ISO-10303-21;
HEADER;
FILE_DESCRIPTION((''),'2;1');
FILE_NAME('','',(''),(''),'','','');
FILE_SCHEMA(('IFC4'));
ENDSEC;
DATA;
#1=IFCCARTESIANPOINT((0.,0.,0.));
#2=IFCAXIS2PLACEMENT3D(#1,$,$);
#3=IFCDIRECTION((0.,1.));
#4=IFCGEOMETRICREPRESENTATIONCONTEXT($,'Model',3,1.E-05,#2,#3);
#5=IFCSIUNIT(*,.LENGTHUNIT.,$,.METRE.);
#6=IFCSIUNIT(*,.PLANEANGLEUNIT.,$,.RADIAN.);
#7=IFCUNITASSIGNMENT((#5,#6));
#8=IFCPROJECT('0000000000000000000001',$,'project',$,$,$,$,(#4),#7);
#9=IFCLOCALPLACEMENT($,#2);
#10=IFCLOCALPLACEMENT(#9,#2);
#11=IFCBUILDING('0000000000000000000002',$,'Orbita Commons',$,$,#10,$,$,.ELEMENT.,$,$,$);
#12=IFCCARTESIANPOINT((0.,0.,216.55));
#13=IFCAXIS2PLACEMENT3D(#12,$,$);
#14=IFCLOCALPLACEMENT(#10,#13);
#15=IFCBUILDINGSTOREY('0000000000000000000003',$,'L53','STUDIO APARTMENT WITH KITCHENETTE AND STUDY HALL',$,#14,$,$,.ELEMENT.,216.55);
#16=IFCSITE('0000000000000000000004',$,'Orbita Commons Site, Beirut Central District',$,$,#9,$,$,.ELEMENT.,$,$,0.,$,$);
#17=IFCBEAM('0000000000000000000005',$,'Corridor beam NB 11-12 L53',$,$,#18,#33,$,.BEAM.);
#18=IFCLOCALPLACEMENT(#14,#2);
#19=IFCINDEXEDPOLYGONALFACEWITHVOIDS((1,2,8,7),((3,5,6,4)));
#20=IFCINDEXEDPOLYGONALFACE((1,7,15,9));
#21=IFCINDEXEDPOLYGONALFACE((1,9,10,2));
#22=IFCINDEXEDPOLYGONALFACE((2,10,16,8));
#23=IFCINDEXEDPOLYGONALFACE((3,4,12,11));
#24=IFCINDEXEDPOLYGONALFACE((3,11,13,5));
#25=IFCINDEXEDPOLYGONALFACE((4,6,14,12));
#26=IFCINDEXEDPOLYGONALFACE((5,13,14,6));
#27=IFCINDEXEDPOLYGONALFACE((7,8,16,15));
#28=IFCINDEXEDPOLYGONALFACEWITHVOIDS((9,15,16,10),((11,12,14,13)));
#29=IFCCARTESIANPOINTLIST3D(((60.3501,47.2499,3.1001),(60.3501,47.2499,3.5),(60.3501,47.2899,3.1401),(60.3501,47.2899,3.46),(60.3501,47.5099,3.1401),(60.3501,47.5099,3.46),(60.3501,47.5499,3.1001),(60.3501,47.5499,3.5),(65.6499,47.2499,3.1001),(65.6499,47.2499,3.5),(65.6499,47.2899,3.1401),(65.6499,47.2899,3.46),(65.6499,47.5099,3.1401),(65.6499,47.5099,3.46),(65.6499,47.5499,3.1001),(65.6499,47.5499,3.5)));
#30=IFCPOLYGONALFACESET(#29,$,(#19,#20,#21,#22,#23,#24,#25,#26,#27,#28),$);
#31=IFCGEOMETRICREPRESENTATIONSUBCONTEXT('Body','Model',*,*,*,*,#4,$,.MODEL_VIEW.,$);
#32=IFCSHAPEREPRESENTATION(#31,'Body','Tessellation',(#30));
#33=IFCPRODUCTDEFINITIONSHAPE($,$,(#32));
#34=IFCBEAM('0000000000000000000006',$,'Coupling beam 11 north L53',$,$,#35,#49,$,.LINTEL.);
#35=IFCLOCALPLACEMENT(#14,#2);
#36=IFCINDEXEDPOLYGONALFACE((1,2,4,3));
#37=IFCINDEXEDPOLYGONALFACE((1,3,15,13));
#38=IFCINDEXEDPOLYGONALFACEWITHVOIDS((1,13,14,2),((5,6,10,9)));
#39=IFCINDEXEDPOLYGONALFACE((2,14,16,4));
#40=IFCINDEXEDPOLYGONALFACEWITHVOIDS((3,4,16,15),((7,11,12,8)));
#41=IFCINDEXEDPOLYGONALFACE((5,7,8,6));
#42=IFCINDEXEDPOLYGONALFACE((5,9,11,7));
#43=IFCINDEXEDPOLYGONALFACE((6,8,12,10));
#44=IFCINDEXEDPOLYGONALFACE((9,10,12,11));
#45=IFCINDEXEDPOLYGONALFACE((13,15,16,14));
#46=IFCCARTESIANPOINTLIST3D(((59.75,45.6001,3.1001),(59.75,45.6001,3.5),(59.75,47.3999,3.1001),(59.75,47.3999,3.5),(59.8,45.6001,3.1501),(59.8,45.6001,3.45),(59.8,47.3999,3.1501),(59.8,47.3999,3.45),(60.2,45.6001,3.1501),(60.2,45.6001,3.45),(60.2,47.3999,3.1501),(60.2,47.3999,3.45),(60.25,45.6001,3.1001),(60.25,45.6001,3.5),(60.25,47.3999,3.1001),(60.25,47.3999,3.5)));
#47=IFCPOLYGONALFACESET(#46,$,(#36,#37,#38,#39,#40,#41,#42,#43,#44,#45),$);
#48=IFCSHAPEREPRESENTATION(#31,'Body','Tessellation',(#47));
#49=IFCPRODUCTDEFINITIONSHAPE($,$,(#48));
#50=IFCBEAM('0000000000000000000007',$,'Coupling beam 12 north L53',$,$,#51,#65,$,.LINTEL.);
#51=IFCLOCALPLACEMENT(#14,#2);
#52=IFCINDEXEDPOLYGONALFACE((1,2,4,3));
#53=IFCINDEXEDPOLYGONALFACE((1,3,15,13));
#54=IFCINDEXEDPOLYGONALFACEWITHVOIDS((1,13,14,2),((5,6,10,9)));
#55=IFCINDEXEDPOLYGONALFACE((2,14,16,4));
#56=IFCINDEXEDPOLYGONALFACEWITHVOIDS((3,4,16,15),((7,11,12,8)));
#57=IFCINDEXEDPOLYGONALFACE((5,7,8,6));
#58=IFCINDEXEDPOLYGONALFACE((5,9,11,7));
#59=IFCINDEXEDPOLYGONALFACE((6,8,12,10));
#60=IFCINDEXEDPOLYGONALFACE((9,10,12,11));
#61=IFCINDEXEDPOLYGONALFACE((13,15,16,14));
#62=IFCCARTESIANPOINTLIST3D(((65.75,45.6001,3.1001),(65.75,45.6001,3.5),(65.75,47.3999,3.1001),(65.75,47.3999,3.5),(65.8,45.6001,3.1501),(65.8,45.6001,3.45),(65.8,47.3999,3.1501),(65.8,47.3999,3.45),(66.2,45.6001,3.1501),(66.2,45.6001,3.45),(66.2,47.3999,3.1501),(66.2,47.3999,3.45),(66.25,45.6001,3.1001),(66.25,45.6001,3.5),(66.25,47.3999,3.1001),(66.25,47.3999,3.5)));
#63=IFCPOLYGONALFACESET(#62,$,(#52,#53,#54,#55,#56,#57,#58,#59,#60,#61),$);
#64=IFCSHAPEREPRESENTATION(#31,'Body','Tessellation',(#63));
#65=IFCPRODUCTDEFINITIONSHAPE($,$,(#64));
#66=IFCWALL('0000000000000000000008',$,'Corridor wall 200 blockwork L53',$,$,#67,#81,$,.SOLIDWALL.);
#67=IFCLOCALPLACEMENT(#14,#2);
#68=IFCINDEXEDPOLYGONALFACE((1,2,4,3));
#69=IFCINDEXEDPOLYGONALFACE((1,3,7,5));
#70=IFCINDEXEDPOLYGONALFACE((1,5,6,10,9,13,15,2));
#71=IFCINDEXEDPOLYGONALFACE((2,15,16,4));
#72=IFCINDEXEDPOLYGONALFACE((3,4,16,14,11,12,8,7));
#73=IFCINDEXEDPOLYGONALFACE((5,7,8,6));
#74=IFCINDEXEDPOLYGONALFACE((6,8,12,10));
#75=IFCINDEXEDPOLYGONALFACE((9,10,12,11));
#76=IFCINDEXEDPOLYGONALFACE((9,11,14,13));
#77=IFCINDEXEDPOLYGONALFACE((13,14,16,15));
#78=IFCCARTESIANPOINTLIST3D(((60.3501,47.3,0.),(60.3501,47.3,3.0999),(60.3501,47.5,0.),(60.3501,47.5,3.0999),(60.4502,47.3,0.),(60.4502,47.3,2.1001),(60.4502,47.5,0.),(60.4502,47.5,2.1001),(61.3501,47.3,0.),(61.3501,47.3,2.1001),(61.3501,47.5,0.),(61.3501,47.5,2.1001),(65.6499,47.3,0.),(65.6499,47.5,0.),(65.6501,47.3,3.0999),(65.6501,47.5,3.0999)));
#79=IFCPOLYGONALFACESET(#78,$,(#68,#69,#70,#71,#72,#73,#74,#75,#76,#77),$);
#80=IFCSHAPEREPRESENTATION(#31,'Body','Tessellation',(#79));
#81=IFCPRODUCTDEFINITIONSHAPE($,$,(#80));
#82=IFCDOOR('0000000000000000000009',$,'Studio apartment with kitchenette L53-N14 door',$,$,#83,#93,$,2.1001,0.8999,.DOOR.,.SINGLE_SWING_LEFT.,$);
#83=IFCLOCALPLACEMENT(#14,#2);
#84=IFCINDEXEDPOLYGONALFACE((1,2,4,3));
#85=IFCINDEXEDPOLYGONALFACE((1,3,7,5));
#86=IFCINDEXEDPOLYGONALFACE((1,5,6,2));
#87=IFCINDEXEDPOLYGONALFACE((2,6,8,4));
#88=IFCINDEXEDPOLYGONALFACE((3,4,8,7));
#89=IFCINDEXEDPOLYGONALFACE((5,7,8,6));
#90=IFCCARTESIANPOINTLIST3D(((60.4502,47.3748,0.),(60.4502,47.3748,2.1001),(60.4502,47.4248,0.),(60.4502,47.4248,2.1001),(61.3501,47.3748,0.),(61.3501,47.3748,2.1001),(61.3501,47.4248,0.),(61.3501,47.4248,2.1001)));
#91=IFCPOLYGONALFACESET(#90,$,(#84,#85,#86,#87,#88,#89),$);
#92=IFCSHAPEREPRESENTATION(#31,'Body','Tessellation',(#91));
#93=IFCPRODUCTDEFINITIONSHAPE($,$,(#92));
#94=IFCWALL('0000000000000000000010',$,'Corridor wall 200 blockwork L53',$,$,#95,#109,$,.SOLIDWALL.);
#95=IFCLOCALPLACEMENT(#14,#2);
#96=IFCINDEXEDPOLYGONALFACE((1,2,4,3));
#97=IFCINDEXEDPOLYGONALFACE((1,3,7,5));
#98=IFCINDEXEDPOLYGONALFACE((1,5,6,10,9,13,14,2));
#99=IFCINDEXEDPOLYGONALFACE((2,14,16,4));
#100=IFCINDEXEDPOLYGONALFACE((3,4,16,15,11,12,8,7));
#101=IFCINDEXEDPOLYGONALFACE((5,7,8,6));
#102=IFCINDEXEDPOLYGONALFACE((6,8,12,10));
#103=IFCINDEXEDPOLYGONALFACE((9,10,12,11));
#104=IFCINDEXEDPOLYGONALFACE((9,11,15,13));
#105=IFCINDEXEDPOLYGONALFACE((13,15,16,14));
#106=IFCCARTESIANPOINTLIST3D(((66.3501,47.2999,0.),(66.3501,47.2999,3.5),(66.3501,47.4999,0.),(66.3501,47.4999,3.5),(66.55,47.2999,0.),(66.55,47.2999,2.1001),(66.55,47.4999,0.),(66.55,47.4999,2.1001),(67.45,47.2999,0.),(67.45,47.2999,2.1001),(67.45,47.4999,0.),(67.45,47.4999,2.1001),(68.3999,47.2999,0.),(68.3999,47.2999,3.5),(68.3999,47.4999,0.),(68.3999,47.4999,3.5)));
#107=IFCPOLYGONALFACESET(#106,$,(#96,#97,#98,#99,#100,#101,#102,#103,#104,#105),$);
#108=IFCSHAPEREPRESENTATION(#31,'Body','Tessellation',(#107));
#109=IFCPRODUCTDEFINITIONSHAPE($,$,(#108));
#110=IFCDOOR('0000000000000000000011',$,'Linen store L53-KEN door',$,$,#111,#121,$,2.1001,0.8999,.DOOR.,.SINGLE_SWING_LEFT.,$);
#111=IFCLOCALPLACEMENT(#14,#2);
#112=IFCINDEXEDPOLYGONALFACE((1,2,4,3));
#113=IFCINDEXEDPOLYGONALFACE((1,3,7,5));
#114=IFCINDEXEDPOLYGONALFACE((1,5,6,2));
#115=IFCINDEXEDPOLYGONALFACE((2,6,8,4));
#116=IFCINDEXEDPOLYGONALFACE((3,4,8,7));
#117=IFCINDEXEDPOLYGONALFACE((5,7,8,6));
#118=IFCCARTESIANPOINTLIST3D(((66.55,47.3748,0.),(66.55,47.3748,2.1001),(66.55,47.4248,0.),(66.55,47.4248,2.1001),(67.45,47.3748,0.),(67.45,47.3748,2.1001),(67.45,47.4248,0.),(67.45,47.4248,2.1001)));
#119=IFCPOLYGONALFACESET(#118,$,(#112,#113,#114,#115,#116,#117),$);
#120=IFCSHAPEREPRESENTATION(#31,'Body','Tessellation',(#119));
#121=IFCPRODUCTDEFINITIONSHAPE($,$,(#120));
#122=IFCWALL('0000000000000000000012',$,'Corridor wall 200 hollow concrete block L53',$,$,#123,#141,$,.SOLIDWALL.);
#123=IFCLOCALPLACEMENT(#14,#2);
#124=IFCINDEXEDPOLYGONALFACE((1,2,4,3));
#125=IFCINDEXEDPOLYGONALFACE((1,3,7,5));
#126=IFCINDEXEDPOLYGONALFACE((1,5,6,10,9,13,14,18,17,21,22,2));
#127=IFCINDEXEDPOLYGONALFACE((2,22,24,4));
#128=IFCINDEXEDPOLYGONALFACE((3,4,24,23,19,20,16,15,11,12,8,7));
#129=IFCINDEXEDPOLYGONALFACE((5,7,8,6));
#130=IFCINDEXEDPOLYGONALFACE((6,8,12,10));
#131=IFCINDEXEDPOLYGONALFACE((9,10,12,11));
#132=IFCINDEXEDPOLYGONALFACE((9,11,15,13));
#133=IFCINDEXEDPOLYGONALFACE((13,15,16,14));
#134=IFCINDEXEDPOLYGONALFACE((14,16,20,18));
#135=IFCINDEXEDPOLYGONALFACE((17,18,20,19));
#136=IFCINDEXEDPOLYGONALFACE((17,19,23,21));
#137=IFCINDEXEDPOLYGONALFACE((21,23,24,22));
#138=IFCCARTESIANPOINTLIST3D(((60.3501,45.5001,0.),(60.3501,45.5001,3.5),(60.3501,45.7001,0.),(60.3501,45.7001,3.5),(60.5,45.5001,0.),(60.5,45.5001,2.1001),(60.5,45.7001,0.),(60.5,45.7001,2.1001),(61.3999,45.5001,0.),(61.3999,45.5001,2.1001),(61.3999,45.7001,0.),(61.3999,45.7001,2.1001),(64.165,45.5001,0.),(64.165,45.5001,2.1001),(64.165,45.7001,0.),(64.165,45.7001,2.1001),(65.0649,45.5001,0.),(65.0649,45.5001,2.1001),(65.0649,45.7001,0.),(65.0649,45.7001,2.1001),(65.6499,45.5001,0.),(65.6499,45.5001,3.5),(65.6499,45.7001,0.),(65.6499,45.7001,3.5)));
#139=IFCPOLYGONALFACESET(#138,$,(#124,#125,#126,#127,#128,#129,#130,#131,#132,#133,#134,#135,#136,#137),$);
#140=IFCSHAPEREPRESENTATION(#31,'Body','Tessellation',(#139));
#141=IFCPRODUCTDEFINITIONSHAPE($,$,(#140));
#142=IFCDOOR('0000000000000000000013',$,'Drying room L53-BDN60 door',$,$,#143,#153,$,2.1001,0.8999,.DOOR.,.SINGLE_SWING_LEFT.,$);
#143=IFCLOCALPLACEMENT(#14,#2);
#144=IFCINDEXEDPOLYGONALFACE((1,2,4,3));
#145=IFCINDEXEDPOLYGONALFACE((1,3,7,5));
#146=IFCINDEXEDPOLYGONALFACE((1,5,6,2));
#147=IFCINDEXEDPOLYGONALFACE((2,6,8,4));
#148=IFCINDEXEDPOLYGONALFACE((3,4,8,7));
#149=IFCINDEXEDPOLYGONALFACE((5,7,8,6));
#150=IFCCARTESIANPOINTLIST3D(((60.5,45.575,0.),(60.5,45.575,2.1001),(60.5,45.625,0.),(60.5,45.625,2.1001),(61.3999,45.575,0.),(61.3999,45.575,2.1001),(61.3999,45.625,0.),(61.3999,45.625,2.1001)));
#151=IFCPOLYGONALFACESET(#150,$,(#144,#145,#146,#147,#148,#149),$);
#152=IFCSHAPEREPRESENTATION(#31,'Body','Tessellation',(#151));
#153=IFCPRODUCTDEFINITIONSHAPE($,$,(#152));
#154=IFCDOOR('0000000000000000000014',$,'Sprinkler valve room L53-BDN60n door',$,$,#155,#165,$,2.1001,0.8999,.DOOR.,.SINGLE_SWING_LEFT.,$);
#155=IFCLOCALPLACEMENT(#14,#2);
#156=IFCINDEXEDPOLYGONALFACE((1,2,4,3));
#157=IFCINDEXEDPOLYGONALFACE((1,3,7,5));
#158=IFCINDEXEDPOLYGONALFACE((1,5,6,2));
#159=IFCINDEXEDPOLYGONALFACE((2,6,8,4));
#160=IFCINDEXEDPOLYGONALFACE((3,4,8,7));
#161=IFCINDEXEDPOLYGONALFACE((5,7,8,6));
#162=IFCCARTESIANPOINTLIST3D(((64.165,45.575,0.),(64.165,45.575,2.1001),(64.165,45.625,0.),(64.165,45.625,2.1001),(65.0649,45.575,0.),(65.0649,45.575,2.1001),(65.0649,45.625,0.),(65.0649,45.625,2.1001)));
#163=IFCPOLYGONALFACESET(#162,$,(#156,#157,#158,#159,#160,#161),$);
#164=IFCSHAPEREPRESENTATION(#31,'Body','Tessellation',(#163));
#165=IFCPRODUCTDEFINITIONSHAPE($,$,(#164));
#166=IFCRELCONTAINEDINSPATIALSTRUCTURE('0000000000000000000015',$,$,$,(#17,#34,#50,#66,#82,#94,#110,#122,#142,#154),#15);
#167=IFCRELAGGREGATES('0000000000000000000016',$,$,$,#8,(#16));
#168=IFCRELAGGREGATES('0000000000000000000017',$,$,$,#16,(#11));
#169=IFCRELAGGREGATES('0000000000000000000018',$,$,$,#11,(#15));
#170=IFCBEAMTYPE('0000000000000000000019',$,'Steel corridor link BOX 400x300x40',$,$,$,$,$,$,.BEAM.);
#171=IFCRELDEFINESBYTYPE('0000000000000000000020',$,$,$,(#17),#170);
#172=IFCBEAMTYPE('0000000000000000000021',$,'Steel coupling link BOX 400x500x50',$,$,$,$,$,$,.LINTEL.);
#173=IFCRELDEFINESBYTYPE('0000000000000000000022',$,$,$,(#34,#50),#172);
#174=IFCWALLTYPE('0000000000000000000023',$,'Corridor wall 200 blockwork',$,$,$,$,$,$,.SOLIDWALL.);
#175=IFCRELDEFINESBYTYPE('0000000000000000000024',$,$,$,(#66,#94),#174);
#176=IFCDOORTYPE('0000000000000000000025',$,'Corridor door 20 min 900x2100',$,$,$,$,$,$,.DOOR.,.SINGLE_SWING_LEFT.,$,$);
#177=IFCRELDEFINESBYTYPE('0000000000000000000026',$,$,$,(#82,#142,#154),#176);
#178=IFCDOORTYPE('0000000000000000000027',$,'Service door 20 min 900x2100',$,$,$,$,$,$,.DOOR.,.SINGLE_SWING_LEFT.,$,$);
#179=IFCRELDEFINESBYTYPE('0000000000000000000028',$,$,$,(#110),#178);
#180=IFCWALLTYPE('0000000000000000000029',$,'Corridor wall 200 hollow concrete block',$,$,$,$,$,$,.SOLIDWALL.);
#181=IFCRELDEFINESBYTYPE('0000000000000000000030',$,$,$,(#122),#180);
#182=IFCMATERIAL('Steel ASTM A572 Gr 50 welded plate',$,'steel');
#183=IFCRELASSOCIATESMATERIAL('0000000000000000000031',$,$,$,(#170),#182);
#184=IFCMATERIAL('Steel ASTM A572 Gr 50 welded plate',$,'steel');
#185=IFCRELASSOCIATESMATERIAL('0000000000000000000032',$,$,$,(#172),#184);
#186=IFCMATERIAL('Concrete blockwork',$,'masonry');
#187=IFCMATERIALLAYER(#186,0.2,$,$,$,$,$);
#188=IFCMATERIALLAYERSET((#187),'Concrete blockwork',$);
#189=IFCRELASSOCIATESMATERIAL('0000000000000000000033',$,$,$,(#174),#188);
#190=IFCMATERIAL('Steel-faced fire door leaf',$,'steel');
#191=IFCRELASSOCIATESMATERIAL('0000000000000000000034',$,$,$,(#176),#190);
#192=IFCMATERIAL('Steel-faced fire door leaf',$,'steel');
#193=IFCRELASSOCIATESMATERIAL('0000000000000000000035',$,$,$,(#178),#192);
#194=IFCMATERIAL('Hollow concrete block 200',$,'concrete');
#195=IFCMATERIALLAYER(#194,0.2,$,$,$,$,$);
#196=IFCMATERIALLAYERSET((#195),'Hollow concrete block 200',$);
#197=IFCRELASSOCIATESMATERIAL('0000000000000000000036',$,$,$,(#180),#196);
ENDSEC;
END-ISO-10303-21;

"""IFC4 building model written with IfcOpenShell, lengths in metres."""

from ifc_helpers import new_model, si_unit, direction, frame, frame_2d, origin, origin_2d, place, context, subcontext, project, spatial, polyline, rectangle, hollow_rectangle, outline, extrude, material, layer, layer_set, material_profile, profile_set, type_object, element, fill, save


model = new_model("IFC4")

# Units and contexts
model_context = context("Model", 3, precision=1e-05, world=origin(), true_north=direction((0.0, 1.0)))
body_context = subcontext(model_context, "Body", "Model", "MODEL_VIEW")
ifc_project = project(units=[si_unit("LENGTHUNIT", "METRE"), si_unit("PLANEANGLEUNIT", "RADIAN")], contexts=[model_context])

# Site, building, storey
site_placement = place(None, origin())
site = spatial("IfcSite", under=ifc_project, at=site_placement, Name="Orbita Commons Site, Beirut Central District", CompositionType="ELEMENT", RefElevation=0.0)
building_placement = place(site_placement, origin())
building = spatial("IfcBuilding", under=site, at=building_placement, Name="Orbita Commons", CompositionType="ELEMENT")
storey_placement = place(building_placement, frame((0.0, 0.0, 216.55)))
storey = spatial("IfcBuildingStorey", under=building, at=storey_placement, Name="L53", Description="STUDIO APARTMENT WITH KITCHENETTE AND STUDY HALL", CompositionType="ELEMENT", Elevation=216.55)

# Beams
ifc_material_1 = material(Name="Steel ASTM A572 Gr 50 welded plate", Category="steel")
ifc_material_profile_1 = material_profile(ifc_material_1, hollow_rectangle(XDim=0.3, YDim=0.3999, WallThickness=0.04, at=origin_2d()), Name="BOX 400x300x40")
ifc_profile_set_1 = profile_set([ifc_material_profile_1], Name="Steel ASTM A572 Gr 50 welded plate")
beam_type_1 = type_object("IfcBeamType", Name="Steel corridor link BOX 400x300x40", PredefinedType="BEAM", material=ifc_profile_set_1)
beam_placement = place(storey_placement, frame((60.3501, 47.3999, 3.3), z_axis=(1.0, 0.0, 0.0), x_axis=(0.0, 1.0, 0.0)))
element("IfcBeam", 1, at=beam_placement, inside=storey, type_object=beam_type_1, Name="Corridor beam NB 11-12 L53", PredefinedType="BEAM", context=body_context, shape_type="SweptSolid", body=[
    extrude(hollow_rectangle(XDim=0.3, YDim=0.3999, WallThickness=0.04, at=origin_2d()), origin(), (0.0, 0.0, 1.0), 5.2998),
])
ifc_material_2 = material(Name="Steel ASTM A572 Gr 50 welded plate", Category="steel")
ifc_material_profile_2 = material_profile(ifc_material_2, hollow_rectangle(XDim=0.5, YDim=0.3999, WallThickness=0.05, at=origin_2d()), Name="BOX 400x500x50")
ifc_profile_set_2 = profile_set([ifc_material_profile_2], Name="Steel ASTM A572 Gr 50 welded plate")
beam_type_2 = type_object("IfcBeamType", Name="Steel coupling link BOX 400x500x50", PredefinedType="LINTEL", material=ifc_profile_set_2)
for number, where, z_axis, x_axis, name in (
    (2, (60.0, 45.6001, 3.3), (0.0, 1.0, 0.0), (-1.0, 0.0, 0.0), "Coupling beam 11 north L53"),
    (3, (66.0, 45.6001, 3.3), (0.0, 1.0, 0.0), (-1.0, 0.0, 0.0), "Coupling beam 12 north L53"),
):
    element("IfcBeam", number, at=place(storey_placement, frame(where, z_axis=z_axis, x_axis=x_axis)), inside=storey, type_object=beam_type_2, Name=name, PredefinedType="LINTEL", context=body_context, shape_type="SweptSolid", body=[
        extrude(hollow_rectangle(XDim=0.5, YDim=0.3999, WallThickness=0.05, at=origin_2d()), origin(), (0.0, 0.0, 1.0), 1.7998),
    ])

# Walls, openings, doors
ifc_material_3 = material(Name="Concrete blockwork", Category="masonry")
ifc_layer_1 = layer(ifc_material_3, 0.2)
ifc_layer_set_1 = layer_set([ifc_layer_1], Name="Concrete blockwork")
wall_type_1 = type_object("IfcWallType", Name="Corridor wall 200 blockwork", PredefinedType="SOLIDWALL", material=ifc_layer_set_1)
wall_1_placement = place(storey_placement, frame((60.3501, 47.3999, 0.0), z_axis=(0.0, 0.0, 1.0), x_axis=(1.0, 0.0, 0.0)))
wall_1 = element("IfcWall", 4, at=wall_1_placement, inside=storey, type_object=wall_type_1, Name="Corridor wall 200 blockwork L53", PredefinedType="SOLIDWALL", context=body_context, shape_type="SweptSolid", body=[
    extrude(outline(polyline([(0.0, 0.0), (5.2998, 0.0), (5.3, 3.0999), (0.0, 3.0999), (0.0, 0.0)])), frame((0.0, 0.1001, 0.0), z_axis=(0.0, -1.0, 0.0), x_axis=(1.0, 0.0, 0.0)), (0.0, 0.0, 1.0), 0.2),
])
opening_1_placement = place(wall_1_placement, frame((0.1001, 0.0, 0.0)))
opening_1 = element("IfcOpeningElement", 5, at=opening_1_placement, cuts=wall_1, PredefinedType="OPENING", context=body_context, shape_type="SweptSolid", body=[
    extrude(rectangle(XDim=0.8999, YDim=2.1001, at=frame_2d((0.45, 1.05))), frame((0.0, 0.1099, 0.0), z_axis=(0.0, -1.0, 0.0), x_axis=(1.0, 0.0, 0.0)), (0.0, 0.0, 1.0), 0.22),
])
ifc_material_4 = material(Name="Steel-faced fire door leaf", Category="steel")
door_type_1 = type_object("IfcDoorType", Name="Corridor door 20 min 900x2100", OperationType="SINGLE_SWING_LEFT", PredefinedType="DOOR", material=ifc_material_4)
door_1_placement = place(opening_1_placement, origin())
door_1 = element("IfcDoor", 6, at=door_1_placement, inside=storey, type_object=door_type_1, Name="Studio apartment with kitchenette L53-N14 door", OperationType="SINGLE_SWING_LEFT", OverallHeight=2.1001, OverallWidth=0.8999, PredefinedType="DOOR", context=body_context, shape_type="SweptSolid", body=[
    extrude(rectangle(XDim=0.8999, YDim=2.1001, at=frame_2d((0.45, 1.05))), frame((0.0, 0.0249, 0.0), z_axis=(0.0, -1.0, 0.0), x_axis=(1.0, 0.0, 0.0)), (0.0, 0.0, 1.0), 0.05),
])
fill(opening_1, door_1)
wall_2_placement = place(storey_placement, frame((66.3501, 47.3999, 0.0), z_axis=(0.0, 0.0, 1.0), x_axis=(1.0, 0.0, 0.0)))
wall_2 = element("IfcWall", 7, at=wall_2_placement, inside=storey, type_object=wall_type_1, Name="Corridor wall 200 blockwork L53", PredefinedType="SOLIDWALL", context=body_context, shape_type="SweptSolid", body=[
    extrude(rectangle(XDim=2.0498, YDim=0.2, at=frame_2d((1.0249, 0.0))), origin(), (0.0, 0.0, 1.0), 3.5),
])
opening_2_placement = place(wall_2_placement, frame((0.2, 0.0, 0.0)))
opening_2 = element("IfcOpeningElement", 8, at=opening_2_placement, cuts=wall_2, PredefinedType="OPENING", context=body_context, shape_type="SweptSolid", body=[
    extrude(rectangle(XDim=0.8999, YDim=2.1001, at=frame_2d((0.45, 1.05))), frame((0.0, 0.1099, 0.0), z_axis=(0.0, -1.0, 0.0), x_axis=(1.0, 0.0, 0.0)), (0.0, 0.0, 1.0), 0.22),
])
ifc_material_5 = material(Name="Steel-faced fire door leaf", Category="steel")
door_type_2 = type_object("IfcDoorType", Name="Service door 20 min 900x2100", OperationType="SINGLE_SWING_LEFT", PredefinedType="DOOR", material=ifc_material_5)
door_2_placement = place(opening_2_placement, origin())
door_2 = element("IfcDoor", 9, at=door_2_placement, inside=storey, type_object=door_type_2, Name="Linen store L53-KEN door", OperationType="SINGLE_SWING_LEFT", OverallHeight=2.1001, OverallWidth=0.8999, PredefinedType="DOOR", context=body_context, shape_type="SweptSolid", body=[
    extrude(rectangle(XDim=0.8999, YDim=2.1001, at=frame_2d((0.45, 1.05))), frame((0.0, 0.0249, 0.0), z_axis=(0.0, -1.0, 0.0), x_axis=(1.0, 0.0, 0.0)), (0.0, 0.0, 1.0), 0.05),
])
fill(opening_2, door_2)

# Wall, openings, doors
ifc_material_6 = material(Name="Hollow concrete block 200", Category="concrete")
ifc_layer_2 = layer(ifc_material_6, 0.2)
ifc_layer_set_2 = layer_set([ifc_layer_2], Name="Hollow concrete block 200")
wall_type_2 = type_object("IfcWallType", Name="Corridor wall 200 hollow concrete block", PredefinedType="SOLIDWALL", material=ifc_layer_set_2)
wall_3_placement = place(storey_placement, frame((60.3501, 45.6001, 0.0), z_axis=(0.0, 0.0, 1.0), x_axis=(1.0, 0.0, 0.0)))
wall_3 = element("IfcWall", 10, at=wall_3_placement, inside=storey, type_object=wall_type_2, Name="Corridor wall 200 hollow concrete block L53", PredefinedType="SOLIDWALL", context=body_context, shape_type="SweptSolid", body=[
    extrude(rectangle(XDim=5.2998, YDim=0.2, at=frame_2d((2.6499, 0.0))), origin(), (0.0, 0.0, 1.0), 3.5),
])
opening_3_placement = place(wall_3_placement, frame((0.1499, 0.0, 0.0)))
opening_3 = element("IfcOpeningElement", 11, at=opening_3_placement, cuts=wall_3, PredefinedType="OPENING", context=body_context, shape_type="SweptSolid", body=[
    extrude(rectangle(XDim=0.8999, YDim=2.1001, at=frame_2d((0.45, 1.05))), frame((0.0, 0.1099, 0.0), z_axis=(0.0, -1.0, 0.0), x_axis=(1.0, 0.0, 0.0)), (0.0, 0.0, 1.0), 0.22),
])
opening_4_placement = place(wall_3_placement, frame((3.8149, 0.0, 0.0)))
opening_4 = element("IfcOpeningElement", 12, at=opening_4_placement, cuts=wall_3, PredefinedType="OPENING", context=body_context, shape_type="SweptSolid", body=[
    extrude(rectangle(XDim=0.8999, YDim=2.1001, at=frame_2d((0.45, 1.05))), frame((0.0, 0.1099, 0.0), z_axis=(0.0, -1.0, 0.0), x_axis=(1.0, 0.0, 0.0)), (0.0, 0.0, 1.0), 0.22),
])
door_3_placement = place(opening_3_placement, origin())
door_3 = element("IfcDoor", 13, at=door_3_placement, inside=storey, type_object=door_type_1, Name="Drying room L53-BDN60 door", OperationType="SINGLE_SWING_LEFT", OverallHeight=2.1001, OverallWidth=0.8999, PredefinedType="DOOR", context=body_context, shape_type="SweptSolid", body=[
    extrude(rectangle(XDim=0.8999, YDim=2.1001, at=frame_2d((0.45, 1.05))), frame((0.0, 0.0249, 0.0), z_axis=(0.0, -1.0, 0.0), x_axis=(1.0, 0.0, 0.0)), (0.0, 0.0, 1.0), 0.05),
])
fill(opening_3, door_3)
door_4_placement = place(opening_4_placement, origin())
door_4 = element("IfcDoor", 14, at=door_4_placement, inside=storey, type_object=door_type_1, Name="Sprinkler valve room L53-BDN60n door", OperationType="SINGLE_SWING_LEFT", OverallHeight=2.1001, OverallWidth=0.8999, PredefinedType="DOOR", context=body_context, shape_type="SweptSolid", body=[
    extrude(rectangle(XDim=0.8999, YDim=2.1001, at=frame_2d((0.45, 1.05))), frame((0.0, 0.0249, 0.0), z_axis=(0.0, -1.0, 0.0), x_axis=(1.0, 0.0, 0.0)), (0.0, 0.0, 1.0), 0.05),
])
fill(opening_4, door_4)

save(model, "model.ifc")
